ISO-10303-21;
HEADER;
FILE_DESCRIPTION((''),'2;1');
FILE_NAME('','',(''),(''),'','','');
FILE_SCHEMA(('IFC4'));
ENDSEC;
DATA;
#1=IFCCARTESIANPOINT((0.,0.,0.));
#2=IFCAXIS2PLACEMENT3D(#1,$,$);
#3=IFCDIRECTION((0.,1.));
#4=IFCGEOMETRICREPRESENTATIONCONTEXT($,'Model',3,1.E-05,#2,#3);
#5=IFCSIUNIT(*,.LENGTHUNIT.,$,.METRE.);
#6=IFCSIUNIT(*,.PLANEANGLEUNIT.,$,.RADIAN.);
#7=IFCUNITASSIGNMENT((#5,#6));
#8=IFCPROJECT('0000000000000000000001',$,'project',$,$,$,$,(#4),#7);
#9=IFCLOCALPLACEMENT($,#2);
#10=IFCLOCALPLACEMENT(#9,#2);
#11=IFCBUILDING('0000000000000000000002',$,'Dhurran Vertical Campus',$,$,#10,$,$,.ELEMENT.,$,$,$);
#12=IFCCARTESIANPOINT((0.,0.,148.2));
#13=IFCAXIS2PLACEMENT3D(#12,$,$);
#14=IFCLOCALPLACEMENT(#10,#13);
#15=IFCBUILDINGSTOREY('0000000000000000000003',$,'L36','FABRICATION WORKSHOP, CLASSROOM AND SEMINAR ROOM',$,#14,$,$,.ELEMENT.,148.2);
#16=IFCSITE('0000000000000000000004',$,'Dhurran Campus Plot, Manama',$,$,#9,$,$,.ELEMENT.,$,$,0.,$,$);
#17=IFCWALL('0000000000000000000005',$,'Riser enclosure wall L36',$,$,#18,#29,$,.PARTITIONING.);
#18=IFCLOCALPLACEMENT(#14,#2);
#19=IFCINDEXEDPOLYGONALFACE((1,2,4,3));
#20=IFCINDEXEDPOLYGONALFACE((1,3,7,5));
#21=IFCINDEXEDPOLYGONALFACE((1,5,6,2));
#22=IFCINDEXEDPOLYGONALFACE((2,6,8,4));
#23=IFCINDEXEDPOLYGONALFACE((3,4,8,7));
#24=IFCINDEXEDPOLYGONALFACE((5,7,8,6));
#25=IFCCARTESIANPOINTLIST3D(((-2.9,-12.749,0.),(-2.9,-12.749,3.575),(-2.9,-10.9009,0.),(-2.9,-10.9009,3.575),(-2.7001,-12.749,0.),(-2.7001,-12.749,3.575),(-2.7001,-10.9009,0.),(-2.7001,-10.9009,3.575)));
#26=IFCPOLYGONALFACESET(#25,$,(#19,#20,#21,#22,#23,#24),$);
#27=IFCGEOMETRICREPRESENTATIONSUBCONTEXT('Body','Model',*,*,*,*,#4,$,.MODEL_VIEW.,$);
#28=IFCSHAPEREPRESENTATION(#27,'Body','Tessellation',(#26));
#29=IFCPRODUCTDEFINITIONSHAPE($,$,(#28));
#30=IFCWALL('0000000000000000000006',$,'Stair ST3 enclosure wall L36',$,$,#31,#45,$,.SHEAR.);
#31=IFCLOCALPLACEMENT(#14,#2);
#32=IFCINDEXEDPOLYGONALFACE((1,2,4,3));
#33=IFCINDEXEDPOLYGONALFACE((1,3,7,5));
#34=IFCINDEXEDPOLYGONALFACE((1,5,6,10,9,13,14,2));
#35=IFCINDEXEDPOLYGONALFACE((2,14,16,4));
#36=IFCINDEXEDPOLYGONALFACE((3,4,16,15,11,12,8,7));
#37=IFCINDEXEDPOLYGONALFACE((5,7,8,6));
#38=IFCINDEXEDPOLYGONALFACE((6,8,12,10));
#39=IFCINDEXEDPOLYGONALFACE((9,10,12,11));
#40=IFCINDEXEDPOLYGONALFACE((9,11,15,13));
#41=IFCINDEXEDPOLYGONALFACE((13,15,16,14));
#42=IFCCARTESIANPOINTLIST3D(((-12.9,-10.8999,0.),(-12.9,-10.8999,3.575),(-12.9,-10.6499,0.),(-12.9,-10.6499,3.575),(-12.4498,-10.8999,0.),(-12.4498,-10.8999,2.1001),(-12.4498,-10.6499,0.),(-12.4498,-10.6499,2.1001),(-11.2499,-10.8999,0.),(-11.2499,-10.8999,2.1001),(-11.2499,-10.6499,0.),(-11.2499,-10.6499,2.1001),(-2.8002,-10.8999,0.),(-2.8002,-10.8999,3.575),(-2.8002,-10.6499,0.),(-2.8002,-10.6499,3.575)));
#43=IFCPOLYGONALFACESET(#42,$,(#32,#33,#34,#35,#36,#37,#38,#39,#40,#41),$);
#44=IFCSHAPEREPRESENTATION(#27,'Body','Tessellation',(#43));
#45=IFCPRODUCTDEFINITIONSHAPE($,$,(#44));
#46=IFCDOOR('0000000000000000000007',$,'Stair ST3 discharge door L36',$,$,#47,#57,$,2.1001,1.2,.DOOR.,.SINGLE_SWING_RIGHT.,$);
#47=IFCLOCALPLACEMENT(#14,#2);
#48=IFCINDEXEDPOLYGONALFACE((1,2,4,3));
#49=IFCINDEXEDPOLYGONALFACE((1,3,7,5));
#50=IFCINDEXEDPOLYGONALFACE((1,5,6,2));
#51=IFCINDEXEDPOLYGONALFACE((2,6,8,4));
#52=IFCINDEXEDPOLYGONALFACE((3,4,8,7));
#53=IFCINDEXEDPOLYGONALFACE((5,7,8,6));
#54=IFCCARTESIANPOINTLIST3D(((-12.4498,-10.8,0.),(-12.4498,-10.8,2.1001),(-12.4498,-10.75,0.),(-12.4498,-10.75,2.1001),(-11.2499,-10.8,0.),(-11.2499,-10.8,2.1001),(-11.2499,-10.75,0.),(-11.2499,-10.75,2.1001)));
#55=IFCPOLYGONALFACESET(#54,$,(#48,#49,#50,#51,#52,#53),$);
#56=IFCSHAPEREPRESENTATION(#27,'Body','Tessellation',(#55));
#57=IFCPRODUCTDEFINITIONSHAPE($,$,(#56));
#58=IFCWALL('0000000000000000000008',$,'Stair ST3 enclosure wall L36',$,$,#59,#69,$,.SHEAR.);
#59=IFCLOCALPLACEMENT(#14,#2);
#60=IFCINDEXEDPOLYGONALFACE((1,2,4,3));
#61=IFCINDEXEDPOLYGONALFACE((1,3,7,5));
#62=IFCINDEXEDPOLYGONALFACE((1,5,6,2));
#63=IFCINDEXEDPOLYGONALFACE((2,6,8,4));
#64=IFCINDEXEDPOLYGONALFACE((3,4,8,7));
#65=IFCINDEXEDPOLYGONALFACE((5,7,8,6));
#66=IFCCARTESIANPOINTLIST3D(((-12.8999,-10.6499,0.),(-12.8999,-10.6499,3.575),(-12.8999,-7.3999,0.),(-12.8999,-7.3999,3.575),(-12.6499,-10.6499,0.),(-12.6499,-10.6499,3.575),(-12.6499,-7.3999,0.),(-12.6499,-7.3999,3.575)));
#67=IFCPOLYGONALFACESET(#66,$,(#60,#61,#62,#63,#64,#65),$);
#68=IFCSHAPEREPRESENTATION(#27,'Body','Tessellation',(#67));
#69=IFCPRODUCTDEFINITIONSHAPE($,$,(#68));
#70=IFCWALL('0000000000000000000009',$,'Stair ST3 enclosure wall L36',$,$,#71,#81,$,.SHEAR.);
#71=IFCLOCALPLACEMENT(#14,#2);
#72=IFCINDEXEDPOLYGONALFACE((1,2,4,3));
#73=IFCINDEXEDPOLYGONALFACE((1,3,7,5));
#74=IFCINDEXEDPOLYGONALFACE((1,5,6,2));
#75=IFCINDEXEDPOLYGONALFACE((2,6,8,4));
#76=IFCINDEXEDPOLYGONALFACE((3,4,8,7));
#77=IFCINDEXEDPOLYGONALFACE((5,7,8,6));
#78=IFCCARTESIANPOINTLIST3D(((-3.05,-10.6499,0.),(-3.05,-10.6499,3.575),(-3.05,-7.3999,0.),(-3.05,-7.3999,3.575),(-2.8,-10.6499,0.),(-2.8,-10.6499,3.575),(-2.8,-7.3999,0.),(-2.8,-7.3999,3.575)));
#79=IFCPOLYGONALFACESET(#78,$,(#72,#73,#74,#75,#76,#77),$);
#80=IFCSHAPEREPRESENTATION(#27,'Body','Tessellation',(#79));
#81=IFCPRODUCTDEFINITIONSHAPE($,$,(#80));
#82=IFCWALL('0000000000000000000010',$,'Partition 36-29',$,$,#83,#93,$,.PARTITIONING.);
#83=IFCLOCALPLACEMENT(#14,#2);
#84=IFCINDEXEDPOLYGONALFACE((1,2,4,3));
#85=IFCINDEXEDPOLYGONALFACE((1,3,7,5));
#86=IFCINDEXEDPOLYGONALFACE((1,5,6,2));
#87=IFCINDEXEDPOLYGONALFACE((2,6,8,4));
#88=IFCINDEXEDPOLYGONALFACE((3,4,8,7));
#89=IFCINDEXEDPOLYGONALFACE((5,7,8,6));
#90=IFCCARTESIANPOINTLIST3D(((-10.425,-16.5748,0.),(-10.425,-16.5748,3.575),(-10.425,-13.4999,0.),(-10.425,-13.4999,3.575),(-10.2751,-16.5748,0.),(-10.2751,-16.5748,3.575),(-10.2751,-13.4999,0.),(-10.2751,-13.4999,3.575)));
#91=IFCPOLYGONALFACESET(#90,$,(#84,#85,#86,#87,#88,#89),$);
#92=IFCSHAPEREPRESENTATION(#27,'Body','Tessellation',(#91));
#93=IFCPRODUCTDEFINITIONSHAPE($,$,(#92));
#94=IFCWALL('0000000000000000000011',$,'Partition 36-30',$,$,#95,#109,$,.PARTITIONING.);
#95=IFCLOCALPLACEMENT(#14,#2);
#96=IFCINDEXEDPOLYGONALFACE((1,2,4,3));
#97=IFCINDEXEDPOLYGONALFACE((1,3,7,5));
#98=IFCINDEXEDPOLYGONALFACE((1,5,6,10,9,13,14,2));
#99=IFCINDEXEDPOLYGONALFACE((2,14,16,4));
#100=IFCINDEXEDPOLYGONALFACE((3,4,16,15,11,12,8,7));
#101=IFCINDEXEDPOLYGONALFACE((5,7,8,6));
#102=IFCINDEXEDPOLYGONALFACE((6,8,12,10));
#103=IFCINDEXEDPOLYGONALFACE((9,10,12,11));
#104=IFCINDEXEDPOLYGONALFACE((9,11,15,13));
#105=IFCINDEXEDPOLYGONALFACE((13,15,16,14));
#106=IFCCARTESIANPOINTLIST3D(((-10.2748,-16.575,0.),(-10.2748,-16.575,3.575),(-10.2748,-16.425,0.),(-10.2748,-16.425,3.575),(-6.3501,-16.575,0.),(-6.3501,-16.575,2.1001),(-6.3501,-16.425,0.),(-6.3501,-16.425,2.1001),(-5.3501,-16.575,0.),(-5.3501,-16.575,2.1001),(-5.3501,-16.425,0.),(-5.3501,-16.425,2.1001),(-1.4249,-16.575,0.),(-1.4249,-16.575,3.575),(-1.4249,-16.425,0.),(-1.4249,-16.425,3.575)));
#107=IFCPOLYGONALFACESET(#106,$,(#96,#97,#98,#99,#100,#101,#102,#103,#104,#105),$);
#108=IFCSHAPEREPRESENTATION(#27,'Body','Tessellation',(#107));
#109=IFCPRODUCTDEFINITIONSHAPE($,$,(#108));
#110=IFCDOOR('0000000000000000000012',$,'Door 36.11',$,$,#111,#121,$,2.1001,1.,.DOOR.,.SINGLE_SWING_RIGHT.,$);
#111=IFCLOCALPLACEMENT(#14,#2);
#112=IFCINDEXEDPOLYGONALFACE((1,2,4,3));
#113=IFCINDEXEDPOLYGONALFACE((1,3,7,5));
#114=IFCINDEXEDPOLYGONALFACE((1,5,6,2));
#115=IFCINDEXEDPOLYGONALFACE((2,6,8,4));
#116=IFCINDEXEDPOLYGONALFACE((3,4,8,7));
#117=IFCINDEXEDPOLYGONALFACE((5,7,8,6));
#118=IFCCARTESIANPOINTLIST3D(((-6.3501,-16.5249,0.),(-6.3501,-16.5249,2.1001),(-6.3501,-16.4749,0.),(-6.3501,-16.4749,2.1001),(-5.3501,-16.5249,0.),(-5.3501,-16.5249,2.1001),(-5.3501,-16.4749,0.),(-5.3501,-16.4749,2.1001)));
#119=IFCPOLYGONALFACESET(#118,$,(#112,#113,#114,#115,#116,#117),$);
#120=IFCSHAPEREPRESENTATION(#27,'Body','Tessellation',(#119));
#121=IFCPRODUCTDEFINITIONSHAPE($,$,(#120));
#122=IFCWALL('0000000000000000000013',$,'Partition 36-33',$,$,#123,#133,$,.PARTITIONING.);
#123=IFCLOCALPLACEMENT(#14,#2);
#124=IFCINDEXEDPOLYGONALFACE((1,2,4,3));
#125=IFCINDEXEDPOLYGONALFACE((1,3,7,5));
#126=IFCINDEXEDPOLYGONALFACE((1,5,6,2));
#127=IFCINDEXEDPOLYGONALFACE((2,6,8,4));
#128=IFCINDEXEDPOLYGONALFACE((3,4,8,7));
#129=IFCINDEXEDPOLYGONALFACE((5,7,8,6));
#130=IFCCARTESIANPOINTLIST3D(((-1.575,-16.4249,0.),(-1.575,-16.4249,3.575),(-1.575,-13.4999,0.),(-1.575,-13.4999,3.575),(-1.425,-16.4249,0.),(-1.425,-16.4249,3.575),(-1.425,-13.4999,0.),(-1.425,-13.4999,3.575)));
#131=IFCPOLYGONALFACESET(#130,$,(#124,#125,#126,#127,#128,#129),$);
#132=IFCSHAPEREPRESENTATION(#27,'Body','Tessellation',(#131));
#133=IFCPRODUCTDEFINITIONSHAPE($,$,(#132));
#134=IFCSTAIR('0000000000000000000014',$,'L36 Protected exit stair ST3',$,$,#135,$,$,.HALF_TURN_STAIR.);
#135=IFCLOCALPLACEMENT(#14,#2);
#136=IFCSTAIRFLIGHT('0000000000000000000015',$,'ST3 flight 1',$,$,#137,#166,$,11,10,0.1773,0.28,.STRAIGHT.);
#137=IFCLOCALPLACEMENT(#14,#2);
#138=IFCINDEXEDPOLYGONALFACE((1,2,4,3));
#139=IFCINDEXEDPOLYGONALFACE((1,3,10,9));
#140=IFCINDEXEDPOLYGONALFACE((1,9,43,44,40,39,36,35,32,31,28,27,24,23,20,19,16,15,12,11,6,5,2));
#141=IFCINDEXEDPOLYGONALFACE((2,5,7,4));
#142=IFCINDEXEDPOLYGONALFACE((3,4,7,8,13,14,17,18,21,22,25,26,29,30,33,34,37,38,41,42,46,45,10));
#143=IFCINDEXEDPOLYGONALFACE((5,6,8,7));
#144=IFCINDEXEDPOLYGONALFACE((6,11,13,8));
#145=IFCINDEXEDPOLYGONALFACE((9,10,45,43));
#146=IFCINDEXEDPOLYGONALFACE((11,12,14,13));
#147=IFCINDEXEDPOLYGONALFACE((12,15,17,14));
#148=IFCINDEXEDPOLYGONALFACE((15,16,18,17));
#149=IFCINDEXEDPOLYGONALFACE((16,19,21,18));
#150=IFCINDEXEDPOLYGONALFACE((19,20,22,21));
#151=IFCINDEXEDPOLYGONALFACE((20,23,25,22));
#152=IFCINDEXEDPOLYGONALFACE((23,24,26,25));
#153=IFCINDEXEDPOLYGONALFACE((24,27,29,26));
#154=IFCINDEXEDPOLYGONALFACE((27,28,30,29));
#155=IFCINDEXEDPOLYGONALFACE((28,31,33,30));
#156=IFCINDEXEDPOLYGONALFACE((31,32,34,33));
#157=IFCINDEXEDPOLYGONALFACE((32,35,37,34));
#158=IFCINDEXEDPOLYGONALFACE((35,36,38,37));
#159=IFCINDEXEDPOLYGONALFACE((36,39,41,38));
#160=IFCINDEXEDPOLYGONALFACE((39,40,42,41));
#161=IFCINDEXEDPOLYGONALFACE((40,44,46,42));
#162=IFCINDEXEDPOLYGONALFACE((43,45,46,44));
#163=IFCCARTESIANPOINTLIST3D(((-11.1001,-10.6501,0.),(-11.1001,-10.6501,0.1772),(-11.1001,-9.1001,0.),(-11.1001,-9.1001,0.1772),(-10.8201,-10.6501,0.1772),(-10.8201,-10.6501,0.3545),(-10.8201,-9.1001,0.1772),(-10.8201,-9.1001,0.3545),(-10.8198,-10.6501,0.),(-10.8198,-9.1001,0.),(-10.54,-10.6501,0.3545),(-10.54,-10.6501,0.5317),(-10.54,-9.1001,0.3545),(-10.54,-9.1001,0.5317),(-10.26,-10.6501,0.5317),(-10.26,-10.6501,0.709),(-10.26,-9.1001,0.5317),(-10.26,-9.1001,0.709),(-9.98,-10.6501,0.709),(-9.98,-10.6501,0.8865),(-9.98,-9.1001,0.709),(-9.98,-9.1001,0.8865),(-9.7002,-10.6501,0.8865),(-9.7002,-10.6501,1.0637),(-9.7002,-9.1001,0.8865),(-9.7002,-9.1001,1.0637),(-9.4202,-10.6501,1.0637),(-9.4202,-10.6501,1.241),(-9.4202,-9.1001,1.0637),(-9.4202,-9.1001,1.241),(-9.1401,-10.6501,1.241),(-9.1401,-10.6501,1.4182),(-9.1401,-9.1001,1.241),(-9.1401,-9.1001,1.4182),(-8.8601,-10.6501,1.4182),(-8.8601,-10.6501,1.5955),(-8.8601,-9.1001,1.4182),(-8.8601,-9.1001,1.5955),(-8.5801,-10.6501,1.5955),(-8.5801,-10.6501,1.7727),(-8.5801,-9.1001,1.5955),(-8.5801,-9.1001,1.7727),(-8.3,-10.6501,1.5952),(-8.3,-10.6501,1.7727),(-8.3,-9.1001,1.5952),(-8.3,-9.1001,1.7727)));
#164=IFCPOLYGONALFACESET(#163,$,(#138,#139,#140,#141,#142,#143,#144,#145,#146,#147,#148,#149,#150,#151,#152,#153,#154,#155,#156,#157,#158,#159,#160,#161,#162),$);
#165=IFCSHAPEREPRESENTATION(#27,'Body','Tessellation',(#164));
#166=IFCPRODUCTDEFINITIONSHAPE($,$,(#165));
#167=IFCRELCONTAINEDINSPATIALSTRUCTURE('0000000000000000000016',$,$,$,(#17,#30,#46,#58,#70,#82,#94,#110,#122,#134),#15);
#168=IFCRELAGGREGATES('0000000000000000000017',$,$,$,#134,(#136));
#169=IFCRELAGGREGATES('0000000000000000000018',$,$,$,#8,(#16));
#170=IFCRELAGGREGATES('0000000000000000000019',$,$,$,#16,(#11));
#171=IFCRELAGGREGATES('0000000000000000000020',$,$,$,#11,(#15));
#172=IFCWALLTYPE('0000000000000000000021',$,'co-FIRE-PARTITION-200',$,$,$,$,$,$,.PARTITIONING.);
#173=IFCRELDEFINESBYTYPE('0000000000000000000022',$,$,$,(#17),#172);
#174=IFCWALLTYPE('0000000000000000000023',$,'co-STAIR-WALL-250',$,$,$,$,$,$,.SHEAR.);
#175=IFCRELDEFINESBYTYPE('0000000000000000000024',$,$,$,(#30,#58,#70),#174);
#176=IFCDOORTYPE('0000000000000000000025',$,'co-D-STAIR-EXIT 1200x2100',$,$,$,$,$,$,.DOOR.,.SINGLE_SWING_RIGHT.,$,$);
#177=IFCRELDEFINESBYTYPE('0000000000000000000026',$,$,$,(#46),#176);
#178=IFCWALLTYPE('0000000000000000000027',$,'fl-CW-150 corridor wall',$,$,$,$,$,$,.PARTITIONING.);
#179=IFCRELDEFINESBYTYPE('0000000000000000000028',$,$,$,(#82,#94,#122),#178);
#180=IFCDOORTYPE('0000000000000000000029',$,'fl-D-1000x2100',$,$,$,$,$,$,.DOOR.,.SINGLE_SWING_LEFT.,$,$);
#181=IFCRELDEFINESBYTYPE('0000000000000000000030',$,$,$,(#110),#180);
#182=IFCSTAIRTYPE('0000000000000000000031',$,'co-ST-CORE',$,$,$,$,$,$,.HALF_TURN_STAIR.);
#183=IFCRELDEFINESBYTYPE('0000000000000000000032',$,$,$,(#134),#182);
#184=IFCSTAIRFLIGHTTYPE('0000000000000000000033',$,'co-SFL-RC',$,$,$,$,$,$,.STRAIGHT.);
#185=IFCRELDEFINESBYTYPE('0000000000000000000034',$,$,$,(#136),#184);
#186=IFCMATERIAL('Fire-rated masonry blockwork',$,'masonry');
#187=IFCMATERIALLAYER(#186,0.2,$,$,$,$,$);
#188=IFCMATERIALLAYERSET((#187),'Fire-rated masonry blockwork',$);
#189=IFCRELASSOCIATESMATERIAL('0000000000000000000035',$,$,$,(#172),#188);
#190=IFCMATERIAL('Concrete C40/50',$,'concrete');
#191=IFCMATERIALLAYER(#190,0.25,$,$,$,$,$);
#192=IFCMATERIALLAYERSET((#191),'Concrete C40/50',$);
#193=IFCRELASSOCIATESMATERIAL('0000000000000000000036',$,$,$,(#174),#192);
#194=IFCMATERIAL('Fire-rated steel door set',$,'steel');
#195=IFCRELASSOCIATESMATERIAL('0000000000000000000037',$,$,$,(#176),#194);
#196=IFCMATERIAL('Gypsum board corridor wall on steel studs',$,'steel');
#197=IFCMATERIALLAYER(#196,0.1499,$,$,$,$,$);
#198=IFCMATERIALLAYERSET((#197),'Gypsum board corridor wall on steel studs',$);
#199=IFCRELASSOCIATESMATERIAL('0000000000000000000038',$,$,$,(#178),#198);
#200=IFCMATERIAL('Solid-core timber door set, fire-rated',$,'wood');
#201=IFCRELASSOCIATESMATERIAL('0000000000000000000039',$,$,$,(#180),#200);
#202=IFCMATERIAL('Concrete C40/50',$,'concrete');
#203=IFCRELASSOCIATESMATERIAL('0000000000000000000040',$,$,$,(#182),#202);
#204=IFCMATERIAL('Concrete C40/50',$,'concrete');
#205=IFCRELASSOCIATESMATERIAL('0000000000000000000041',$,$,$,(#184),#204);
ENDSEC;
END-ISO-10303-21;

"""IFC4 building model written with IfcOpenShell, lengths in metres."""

from ifc_helpers import new_model, si_unit, direction, frame, frame_2d, origin, place, context, subcontext, project, spatial, polyline, rectangle, outline, extrude, material, layer, layer_set, type_object, element, fill, aggregate, save


model = new_model("IFC4")

# Units and contexts
model_context = context("Model", 3, precision=1e-05, world=origin(), true_north=direction((0.0, 1.0)))
body_context = subcontext(model_context, "Body", "Model", "MODEL_VIEW")
ifc_project = project(units=[si_unit("LENGTHUNIT", "METRE"), si_unit("PLANEANGLEUNIT", "RADIAN")], contexts=[model_context])

# Site, building, storey
site_placement = place(None, origin())
site = spatial("IfcSite", under=ifc_project, at=site_placement, Name="Dhurran Campus Plot, Manama", CompositionType="ELEMENT", RefElevation=0.0)
building_placement = place(site_placement, origin())
building = spatial("IfcBuilding", under=site, at=building_placement, Name="Dhurran Vertical Campus", CompositionType="ELEMENT")
storey_placement = place(building_placement, frame((0.0, 0.0, 148.2)))
storey = spatial("IfcBuildingStorey", under=building, at=storey_placement, Name="L36", Description="FABRICATION WORKSHOP, CLASSROOM AND SEMINAR ROOM", CompositionType="ELEMENT", Elevation=148.2)

# Shared definitions
ifc_material_1 = material(Name="Fire-rated masonry blockwork", Category="masonry")
ifc_layer_1 = layer(ifc_material_1, 0.2)
ifc_layer_set_1 = layer_set([ifc_layer_1], Name="Fire-rated masonry blockwork")
wall_type_1 = type_object("IfcWallType", Name="co-FIRE-PARTITION-200", PredefinedType="PARTITIONING", material=ifc_layer_set_1)

# Wall
wall_1_placement = place(storey_placement, frame((-2.8, -12.749, 0.0), z_axis=(0.0, 0.0, 1.0), x_axis=(0.0, 1.0, 0.0)))
element("IfcWall", 1, at=wall_1_placement, inside=storey, type_object=wall_type_1, Name="Riser enclosure wall L36", PredefinedType="PARTITIONING", context=body_context, shape_type="SweptSolid", body=[
    extrude(rectangle(XDim=1.8481, YDim=0.2, at=frame_2d((0.9241, 0.0))), origin(), (0.0, 0.0, 1.0), 3.575),
])

# Wall, opening, door
ifc_material_2 = material(Name="Concrete C40/50", Category="concrete")
ifc_layer_2 = layer(ifc_material_2, 0.25)
ifc_layer_set_2 = layer_set([ifc_layer_2], Name="Concrete C40/50")
wall_type_2 = type_object("IfcWallType", Name="co-STAIR-WALL-250", PredefinedType="SHEAR", material=ifc_layer_set_2)
wall_2_placement = place(storey_placement, frame((-12.8999, -10.7749, 0.0), z_axis=(0.0, 0.0, 1.0), x_axis=(1.0, 0.0, 0.0)))
wall_2 = element("IfcWall", 2, at=wall_2_placement, inside=storey, type_object=wall_type_2, Name="Stair ST3 enclosure wall L36", PredefinedType="SHEAR", context=body_context, shape_type="SweptSolid", body=[
    extrude(rectangle(XDim=10.0999, YDim=0.25, at=frame_2d((5.0498, 0.0))), origin(), (0.0, 0.0, 1.0), 3.575),
])
opening_1_placement = place(wall_2_placement, frame((0.45, 0.0, 0.0)))
opening_1 = element("IfcOpeningElement", 3, at=opening_1_placement, cuts=wall_2, PredefinedType="OPENING", context=body_context, shape_type="SweptSolid", body=[
    extrude(rectangle(XDim=1.2, YDim=2.1001, at=frame_2d((0.6001, 1.05))), frame((0.0, 0.135, 0.0), z_axis=(0.0, -1.0, 0.0), x_axis=(1.0, 0.0, 0.0)), (0.0, 0.0, 1.0), 0.27),
])
ifc_material_3 = material(Name="Fire-rated steel door set", Category="steel")
door_type_1 = type_object("IfcDoorType", Name="co-D-STAIR-EXIT 1200x2100", OperationType="SINGLE_SWING_RIGHT", PredefinedType="DOOR", material=ifc_material_3)
door_1_placement = place(opening_1_placement, origin())
door_1 = element("IfcDoor", 4, at=door_1_placement, inside=storey, type_object=door_type_1, Name="Stair ST3 discharge door L36", OperationType="SINGLE_SWING_RIGHT", OverallHeight=2.1001, OverallWidth=1.2, PredefinedType="DOOR", context=body_context, shape_type="SweptSolid", body=[
    extrude(rectangle(XDim=1.2, YDim=2.1001, at=frame_2d((0.6001, 1.05))), frame((0.0, 0.0249, 0.0), z_axis=(0.0, -1.0, 0.0), x_axis=(1.0, 0.0, 0.0)), (0.0, 0.0, 1.0), 0.05),
])
fill(opening_1, door_1)

# Walls
for number, where, z_axis, x_axis, name in (
    (5, (-12.7749, -10.6499, 0.0), (0.0, 0.0, 1.0), (0.0, 1.0, 0.0), "Stair ST3 enclosure wall L36"),
    (6, (-2.925, -10.6499, 0.0), (0.0, 0.0, 1.0), (0.0, 1.0, 0.0), "Stair ST3 enclosure wall L36"),
):
    element("IfcWall", number, at=place(storey_placement, frame(where, z_axis=z_axis, x_axis=x_axis)), inside=storey, type_object=wall_type_2, Name=name, PredefinedType="SHEAR", context=body_context, shape_type="SweptSolid", body=[
        extrude(rectangle(XDim=3.25, YDim=0.25, at=frame_2d((1.625, 0.0))), origin(), (0.0, 0.0, 1.0), 3.575),
    ])
ifc_material_4 = material(Name="Gypsum board corridor wall on steel studs", Category="steel")
ifc_layer_3 = layer(ifc_material_4, 0.1499)
ifc_layer_set_3 = layer_set([ifc_layer_3], Name="Gypsum board corridor wall on steel studs")
wall_type_3 = type_object("IfcWallType", Name="fl-CW-150 corridor wall", PredefinedType="PARTITIONING", material=ifc_layer_set_3)
wall_3_placement = place(storey_placement, frame((-10.3501, -16.575, 0.0), z_axis=(0.0, 0.0, 1.0), x_axis=(0.0, 1.0, 0.0)))
element("IfcWall", 7, at=wall_3_placement, inside=storey, type_object=wall_type_3, Name="Partition 36-29", PredefinedType="PARTITIONING", context=body_context, shape_type="SweptSolid", body=[
    extrude(rectangle(XDim=3.075, YDim=0.1499, at=frame_2d((1.5376, 0.0))), origin(), (0.0, 0.0, 1.0), 3.575),
])

# Wall, opening, door
wall_4_placement = place(storey_placement, frame((-1.425, -16.5, 0.0), z_axis=(0.0, 0.0, 1.0), x_axis=(-1.0, 0.0, 0.0)))
wall_4 = element("IfcWall", 8, at=wall_4_placement, inside=storey, type_object=wall_type_3, Name="Partition 36-30", PredefinedType="PARTITIONING", context=body_context, shape_type="SweptSolid", body=[
    extrude(rectangle(XDim=8.8499, YDim=0.1499, at=frame_2d((4.4248, 0.0))), origin(), (0.0, 0.0, 1.0), 3.575),
])
opening_2_placement = place(wall_4_placement, frame((3.925, 0.0, 0.0)))
opening_2 = element("IfcOpeningElement", 9, at=opening_2_placement, cuts=wall_4, PredefinedType="OPENING", context=body_context, shape_type="SweptSolid", body=[
    extrude(rectangle(XDim=1.0, YDim=2.1001, at=frame_2d((0.5, 1.05))), frame((0.0, 0.085, 0.0), z_axis=(0.0, -1.0, 0.0), x_axis=(1.0, 0.0, 0.0)), (0.0, 0.0, 1.0), 0.1699),
])
ifc_material_5 = material(Name="Solid-core timber door set, fire-rated", Category="wood")
door_type_2 = type_object("IfcDoorType", Name="fl-D-1000x2100", OperationType="SINGLE_SWING_LEFT", PredefinedType="DOOR", material=ifc_material_5)
door_2_placement = place(opening_2_placement, origin())
door_2 = element("IfcDoor", 10, at=door_2_placement, inside=storey, type_object=door_type_2, Name="Door 36.11", OperationType="SINGLE_SWING_RIGHT", OverallHeight=2.1001, OverallWidth=1.0, PredefinedType="DOOR", context=body_context, shape_type="SweptSolid", body=[
    extrude(rectangle(XDim=1.0, YDim=2.1001, at=frame_2d((0.5, 1.05))), frame((0.0, 0.0249, 0.0), z_axis=(0.0, -1.0, 0.0), x_axis=(1.0, 0.0, 0.0)), (0.0, 0.0, 1.0), 0.05),
])
fill(opening_2, door_2)

# Wall
wall_5_placement = place(storey_placement, frame((-1.5, -13.5, 0.0), z_axis=(0.0, 0.0, 1.0), x_axis=(0.0, -1.0, 0.0)))
element("IfcWall", 11, at=wall_5_placement, inside=storey, type_object=wall_type_3, Name="Partition 36-33", PredefinedType="PARTITIONING", context=body_context, shape_type="SweptSolid", body=[
    extrude(rectangle(XDim=2.925, YDim=0.1499, at=frame_2d((1.4624, 0.0))), origin(), (0.0, 0.0, 1.0), 3.575),
])

# Stair, stair flight
ifc_material_6 = material(Name="Concrete C40/50", Category="concrete")
stair_type = type_object("IfcStairType", Name="co-ST-CORE", PredefinedType="HALF_TURN_STAIR", material=ifc_material_6)
stair_placement = place(storey_placement, origin())
stair = element("IfcStair", 12, at=stair_placement, inside=storey, type_object=stair_type, Name="L36 Protected exit stair ST3", PredefinedType="HALF_TURN_STAIR")
ifc_material_7 = material(Name="Concrete C40/50", Category="concrete")
stair_flight_type = type_object("IfcStairFlightType", Name="co-SFL-RC", PredefinedType="STRAIGHT", material=ifc_material_7)
stair_flight_placement = place(storey_placement, frame((-11.1001, -9.875, 0.0), z_axis=(0.0, 0.0, 1.0), x_axis=(1.0, 0.0, 0.0)))
stair_flight = element("IfcStairFlight", 13, at=stair_flight_placement, type_object=stair_flight_type, Name="ST3 flight 1", NumberOfRisers=11, NumberOfTreads=10, PredefinedType="STRAIGHT", RiserHeight=0.1773, TreadLength=0.28, context=body_context, shape_type="SweptSolid", body=[
    extrude(outline(polyline([(0.0, 0.0), (0.0, 0.1772), (0.28, 0.1772), (0.28, 0.3545), (0.5601, 0.3545), (0.5601, 0.5317), (0.8401, 0.5317), (0.8401, 0.709), (1.1201, 0.709), (1.1201, 0.8865), (1.3999, 0.8865), (1.3999, 1.0637), (1.6799, 1.0637), (1.6799, 1.241), (1.96, 1.241), (1.96, 1.4182), (2.24, 1.4182), (2.24, 1.5955), (2.52, 1.5955), (2.52, 1.7727), (2.8, 1.7727), (2.8, 1.95), (2.8, 1.5952), (0.2803, 0.0), (0.0, 0.0)])), frame((0.0, 0.7749, 0.0), z_axis=(0.0, -1.0, 0.0), x_axis=(1.0, 0.0, 0.0)), (0.0, 0.0, 1.0), 1.55),
])
aggregate(stair, [stair_flight])

save(model, "model.ifc")
